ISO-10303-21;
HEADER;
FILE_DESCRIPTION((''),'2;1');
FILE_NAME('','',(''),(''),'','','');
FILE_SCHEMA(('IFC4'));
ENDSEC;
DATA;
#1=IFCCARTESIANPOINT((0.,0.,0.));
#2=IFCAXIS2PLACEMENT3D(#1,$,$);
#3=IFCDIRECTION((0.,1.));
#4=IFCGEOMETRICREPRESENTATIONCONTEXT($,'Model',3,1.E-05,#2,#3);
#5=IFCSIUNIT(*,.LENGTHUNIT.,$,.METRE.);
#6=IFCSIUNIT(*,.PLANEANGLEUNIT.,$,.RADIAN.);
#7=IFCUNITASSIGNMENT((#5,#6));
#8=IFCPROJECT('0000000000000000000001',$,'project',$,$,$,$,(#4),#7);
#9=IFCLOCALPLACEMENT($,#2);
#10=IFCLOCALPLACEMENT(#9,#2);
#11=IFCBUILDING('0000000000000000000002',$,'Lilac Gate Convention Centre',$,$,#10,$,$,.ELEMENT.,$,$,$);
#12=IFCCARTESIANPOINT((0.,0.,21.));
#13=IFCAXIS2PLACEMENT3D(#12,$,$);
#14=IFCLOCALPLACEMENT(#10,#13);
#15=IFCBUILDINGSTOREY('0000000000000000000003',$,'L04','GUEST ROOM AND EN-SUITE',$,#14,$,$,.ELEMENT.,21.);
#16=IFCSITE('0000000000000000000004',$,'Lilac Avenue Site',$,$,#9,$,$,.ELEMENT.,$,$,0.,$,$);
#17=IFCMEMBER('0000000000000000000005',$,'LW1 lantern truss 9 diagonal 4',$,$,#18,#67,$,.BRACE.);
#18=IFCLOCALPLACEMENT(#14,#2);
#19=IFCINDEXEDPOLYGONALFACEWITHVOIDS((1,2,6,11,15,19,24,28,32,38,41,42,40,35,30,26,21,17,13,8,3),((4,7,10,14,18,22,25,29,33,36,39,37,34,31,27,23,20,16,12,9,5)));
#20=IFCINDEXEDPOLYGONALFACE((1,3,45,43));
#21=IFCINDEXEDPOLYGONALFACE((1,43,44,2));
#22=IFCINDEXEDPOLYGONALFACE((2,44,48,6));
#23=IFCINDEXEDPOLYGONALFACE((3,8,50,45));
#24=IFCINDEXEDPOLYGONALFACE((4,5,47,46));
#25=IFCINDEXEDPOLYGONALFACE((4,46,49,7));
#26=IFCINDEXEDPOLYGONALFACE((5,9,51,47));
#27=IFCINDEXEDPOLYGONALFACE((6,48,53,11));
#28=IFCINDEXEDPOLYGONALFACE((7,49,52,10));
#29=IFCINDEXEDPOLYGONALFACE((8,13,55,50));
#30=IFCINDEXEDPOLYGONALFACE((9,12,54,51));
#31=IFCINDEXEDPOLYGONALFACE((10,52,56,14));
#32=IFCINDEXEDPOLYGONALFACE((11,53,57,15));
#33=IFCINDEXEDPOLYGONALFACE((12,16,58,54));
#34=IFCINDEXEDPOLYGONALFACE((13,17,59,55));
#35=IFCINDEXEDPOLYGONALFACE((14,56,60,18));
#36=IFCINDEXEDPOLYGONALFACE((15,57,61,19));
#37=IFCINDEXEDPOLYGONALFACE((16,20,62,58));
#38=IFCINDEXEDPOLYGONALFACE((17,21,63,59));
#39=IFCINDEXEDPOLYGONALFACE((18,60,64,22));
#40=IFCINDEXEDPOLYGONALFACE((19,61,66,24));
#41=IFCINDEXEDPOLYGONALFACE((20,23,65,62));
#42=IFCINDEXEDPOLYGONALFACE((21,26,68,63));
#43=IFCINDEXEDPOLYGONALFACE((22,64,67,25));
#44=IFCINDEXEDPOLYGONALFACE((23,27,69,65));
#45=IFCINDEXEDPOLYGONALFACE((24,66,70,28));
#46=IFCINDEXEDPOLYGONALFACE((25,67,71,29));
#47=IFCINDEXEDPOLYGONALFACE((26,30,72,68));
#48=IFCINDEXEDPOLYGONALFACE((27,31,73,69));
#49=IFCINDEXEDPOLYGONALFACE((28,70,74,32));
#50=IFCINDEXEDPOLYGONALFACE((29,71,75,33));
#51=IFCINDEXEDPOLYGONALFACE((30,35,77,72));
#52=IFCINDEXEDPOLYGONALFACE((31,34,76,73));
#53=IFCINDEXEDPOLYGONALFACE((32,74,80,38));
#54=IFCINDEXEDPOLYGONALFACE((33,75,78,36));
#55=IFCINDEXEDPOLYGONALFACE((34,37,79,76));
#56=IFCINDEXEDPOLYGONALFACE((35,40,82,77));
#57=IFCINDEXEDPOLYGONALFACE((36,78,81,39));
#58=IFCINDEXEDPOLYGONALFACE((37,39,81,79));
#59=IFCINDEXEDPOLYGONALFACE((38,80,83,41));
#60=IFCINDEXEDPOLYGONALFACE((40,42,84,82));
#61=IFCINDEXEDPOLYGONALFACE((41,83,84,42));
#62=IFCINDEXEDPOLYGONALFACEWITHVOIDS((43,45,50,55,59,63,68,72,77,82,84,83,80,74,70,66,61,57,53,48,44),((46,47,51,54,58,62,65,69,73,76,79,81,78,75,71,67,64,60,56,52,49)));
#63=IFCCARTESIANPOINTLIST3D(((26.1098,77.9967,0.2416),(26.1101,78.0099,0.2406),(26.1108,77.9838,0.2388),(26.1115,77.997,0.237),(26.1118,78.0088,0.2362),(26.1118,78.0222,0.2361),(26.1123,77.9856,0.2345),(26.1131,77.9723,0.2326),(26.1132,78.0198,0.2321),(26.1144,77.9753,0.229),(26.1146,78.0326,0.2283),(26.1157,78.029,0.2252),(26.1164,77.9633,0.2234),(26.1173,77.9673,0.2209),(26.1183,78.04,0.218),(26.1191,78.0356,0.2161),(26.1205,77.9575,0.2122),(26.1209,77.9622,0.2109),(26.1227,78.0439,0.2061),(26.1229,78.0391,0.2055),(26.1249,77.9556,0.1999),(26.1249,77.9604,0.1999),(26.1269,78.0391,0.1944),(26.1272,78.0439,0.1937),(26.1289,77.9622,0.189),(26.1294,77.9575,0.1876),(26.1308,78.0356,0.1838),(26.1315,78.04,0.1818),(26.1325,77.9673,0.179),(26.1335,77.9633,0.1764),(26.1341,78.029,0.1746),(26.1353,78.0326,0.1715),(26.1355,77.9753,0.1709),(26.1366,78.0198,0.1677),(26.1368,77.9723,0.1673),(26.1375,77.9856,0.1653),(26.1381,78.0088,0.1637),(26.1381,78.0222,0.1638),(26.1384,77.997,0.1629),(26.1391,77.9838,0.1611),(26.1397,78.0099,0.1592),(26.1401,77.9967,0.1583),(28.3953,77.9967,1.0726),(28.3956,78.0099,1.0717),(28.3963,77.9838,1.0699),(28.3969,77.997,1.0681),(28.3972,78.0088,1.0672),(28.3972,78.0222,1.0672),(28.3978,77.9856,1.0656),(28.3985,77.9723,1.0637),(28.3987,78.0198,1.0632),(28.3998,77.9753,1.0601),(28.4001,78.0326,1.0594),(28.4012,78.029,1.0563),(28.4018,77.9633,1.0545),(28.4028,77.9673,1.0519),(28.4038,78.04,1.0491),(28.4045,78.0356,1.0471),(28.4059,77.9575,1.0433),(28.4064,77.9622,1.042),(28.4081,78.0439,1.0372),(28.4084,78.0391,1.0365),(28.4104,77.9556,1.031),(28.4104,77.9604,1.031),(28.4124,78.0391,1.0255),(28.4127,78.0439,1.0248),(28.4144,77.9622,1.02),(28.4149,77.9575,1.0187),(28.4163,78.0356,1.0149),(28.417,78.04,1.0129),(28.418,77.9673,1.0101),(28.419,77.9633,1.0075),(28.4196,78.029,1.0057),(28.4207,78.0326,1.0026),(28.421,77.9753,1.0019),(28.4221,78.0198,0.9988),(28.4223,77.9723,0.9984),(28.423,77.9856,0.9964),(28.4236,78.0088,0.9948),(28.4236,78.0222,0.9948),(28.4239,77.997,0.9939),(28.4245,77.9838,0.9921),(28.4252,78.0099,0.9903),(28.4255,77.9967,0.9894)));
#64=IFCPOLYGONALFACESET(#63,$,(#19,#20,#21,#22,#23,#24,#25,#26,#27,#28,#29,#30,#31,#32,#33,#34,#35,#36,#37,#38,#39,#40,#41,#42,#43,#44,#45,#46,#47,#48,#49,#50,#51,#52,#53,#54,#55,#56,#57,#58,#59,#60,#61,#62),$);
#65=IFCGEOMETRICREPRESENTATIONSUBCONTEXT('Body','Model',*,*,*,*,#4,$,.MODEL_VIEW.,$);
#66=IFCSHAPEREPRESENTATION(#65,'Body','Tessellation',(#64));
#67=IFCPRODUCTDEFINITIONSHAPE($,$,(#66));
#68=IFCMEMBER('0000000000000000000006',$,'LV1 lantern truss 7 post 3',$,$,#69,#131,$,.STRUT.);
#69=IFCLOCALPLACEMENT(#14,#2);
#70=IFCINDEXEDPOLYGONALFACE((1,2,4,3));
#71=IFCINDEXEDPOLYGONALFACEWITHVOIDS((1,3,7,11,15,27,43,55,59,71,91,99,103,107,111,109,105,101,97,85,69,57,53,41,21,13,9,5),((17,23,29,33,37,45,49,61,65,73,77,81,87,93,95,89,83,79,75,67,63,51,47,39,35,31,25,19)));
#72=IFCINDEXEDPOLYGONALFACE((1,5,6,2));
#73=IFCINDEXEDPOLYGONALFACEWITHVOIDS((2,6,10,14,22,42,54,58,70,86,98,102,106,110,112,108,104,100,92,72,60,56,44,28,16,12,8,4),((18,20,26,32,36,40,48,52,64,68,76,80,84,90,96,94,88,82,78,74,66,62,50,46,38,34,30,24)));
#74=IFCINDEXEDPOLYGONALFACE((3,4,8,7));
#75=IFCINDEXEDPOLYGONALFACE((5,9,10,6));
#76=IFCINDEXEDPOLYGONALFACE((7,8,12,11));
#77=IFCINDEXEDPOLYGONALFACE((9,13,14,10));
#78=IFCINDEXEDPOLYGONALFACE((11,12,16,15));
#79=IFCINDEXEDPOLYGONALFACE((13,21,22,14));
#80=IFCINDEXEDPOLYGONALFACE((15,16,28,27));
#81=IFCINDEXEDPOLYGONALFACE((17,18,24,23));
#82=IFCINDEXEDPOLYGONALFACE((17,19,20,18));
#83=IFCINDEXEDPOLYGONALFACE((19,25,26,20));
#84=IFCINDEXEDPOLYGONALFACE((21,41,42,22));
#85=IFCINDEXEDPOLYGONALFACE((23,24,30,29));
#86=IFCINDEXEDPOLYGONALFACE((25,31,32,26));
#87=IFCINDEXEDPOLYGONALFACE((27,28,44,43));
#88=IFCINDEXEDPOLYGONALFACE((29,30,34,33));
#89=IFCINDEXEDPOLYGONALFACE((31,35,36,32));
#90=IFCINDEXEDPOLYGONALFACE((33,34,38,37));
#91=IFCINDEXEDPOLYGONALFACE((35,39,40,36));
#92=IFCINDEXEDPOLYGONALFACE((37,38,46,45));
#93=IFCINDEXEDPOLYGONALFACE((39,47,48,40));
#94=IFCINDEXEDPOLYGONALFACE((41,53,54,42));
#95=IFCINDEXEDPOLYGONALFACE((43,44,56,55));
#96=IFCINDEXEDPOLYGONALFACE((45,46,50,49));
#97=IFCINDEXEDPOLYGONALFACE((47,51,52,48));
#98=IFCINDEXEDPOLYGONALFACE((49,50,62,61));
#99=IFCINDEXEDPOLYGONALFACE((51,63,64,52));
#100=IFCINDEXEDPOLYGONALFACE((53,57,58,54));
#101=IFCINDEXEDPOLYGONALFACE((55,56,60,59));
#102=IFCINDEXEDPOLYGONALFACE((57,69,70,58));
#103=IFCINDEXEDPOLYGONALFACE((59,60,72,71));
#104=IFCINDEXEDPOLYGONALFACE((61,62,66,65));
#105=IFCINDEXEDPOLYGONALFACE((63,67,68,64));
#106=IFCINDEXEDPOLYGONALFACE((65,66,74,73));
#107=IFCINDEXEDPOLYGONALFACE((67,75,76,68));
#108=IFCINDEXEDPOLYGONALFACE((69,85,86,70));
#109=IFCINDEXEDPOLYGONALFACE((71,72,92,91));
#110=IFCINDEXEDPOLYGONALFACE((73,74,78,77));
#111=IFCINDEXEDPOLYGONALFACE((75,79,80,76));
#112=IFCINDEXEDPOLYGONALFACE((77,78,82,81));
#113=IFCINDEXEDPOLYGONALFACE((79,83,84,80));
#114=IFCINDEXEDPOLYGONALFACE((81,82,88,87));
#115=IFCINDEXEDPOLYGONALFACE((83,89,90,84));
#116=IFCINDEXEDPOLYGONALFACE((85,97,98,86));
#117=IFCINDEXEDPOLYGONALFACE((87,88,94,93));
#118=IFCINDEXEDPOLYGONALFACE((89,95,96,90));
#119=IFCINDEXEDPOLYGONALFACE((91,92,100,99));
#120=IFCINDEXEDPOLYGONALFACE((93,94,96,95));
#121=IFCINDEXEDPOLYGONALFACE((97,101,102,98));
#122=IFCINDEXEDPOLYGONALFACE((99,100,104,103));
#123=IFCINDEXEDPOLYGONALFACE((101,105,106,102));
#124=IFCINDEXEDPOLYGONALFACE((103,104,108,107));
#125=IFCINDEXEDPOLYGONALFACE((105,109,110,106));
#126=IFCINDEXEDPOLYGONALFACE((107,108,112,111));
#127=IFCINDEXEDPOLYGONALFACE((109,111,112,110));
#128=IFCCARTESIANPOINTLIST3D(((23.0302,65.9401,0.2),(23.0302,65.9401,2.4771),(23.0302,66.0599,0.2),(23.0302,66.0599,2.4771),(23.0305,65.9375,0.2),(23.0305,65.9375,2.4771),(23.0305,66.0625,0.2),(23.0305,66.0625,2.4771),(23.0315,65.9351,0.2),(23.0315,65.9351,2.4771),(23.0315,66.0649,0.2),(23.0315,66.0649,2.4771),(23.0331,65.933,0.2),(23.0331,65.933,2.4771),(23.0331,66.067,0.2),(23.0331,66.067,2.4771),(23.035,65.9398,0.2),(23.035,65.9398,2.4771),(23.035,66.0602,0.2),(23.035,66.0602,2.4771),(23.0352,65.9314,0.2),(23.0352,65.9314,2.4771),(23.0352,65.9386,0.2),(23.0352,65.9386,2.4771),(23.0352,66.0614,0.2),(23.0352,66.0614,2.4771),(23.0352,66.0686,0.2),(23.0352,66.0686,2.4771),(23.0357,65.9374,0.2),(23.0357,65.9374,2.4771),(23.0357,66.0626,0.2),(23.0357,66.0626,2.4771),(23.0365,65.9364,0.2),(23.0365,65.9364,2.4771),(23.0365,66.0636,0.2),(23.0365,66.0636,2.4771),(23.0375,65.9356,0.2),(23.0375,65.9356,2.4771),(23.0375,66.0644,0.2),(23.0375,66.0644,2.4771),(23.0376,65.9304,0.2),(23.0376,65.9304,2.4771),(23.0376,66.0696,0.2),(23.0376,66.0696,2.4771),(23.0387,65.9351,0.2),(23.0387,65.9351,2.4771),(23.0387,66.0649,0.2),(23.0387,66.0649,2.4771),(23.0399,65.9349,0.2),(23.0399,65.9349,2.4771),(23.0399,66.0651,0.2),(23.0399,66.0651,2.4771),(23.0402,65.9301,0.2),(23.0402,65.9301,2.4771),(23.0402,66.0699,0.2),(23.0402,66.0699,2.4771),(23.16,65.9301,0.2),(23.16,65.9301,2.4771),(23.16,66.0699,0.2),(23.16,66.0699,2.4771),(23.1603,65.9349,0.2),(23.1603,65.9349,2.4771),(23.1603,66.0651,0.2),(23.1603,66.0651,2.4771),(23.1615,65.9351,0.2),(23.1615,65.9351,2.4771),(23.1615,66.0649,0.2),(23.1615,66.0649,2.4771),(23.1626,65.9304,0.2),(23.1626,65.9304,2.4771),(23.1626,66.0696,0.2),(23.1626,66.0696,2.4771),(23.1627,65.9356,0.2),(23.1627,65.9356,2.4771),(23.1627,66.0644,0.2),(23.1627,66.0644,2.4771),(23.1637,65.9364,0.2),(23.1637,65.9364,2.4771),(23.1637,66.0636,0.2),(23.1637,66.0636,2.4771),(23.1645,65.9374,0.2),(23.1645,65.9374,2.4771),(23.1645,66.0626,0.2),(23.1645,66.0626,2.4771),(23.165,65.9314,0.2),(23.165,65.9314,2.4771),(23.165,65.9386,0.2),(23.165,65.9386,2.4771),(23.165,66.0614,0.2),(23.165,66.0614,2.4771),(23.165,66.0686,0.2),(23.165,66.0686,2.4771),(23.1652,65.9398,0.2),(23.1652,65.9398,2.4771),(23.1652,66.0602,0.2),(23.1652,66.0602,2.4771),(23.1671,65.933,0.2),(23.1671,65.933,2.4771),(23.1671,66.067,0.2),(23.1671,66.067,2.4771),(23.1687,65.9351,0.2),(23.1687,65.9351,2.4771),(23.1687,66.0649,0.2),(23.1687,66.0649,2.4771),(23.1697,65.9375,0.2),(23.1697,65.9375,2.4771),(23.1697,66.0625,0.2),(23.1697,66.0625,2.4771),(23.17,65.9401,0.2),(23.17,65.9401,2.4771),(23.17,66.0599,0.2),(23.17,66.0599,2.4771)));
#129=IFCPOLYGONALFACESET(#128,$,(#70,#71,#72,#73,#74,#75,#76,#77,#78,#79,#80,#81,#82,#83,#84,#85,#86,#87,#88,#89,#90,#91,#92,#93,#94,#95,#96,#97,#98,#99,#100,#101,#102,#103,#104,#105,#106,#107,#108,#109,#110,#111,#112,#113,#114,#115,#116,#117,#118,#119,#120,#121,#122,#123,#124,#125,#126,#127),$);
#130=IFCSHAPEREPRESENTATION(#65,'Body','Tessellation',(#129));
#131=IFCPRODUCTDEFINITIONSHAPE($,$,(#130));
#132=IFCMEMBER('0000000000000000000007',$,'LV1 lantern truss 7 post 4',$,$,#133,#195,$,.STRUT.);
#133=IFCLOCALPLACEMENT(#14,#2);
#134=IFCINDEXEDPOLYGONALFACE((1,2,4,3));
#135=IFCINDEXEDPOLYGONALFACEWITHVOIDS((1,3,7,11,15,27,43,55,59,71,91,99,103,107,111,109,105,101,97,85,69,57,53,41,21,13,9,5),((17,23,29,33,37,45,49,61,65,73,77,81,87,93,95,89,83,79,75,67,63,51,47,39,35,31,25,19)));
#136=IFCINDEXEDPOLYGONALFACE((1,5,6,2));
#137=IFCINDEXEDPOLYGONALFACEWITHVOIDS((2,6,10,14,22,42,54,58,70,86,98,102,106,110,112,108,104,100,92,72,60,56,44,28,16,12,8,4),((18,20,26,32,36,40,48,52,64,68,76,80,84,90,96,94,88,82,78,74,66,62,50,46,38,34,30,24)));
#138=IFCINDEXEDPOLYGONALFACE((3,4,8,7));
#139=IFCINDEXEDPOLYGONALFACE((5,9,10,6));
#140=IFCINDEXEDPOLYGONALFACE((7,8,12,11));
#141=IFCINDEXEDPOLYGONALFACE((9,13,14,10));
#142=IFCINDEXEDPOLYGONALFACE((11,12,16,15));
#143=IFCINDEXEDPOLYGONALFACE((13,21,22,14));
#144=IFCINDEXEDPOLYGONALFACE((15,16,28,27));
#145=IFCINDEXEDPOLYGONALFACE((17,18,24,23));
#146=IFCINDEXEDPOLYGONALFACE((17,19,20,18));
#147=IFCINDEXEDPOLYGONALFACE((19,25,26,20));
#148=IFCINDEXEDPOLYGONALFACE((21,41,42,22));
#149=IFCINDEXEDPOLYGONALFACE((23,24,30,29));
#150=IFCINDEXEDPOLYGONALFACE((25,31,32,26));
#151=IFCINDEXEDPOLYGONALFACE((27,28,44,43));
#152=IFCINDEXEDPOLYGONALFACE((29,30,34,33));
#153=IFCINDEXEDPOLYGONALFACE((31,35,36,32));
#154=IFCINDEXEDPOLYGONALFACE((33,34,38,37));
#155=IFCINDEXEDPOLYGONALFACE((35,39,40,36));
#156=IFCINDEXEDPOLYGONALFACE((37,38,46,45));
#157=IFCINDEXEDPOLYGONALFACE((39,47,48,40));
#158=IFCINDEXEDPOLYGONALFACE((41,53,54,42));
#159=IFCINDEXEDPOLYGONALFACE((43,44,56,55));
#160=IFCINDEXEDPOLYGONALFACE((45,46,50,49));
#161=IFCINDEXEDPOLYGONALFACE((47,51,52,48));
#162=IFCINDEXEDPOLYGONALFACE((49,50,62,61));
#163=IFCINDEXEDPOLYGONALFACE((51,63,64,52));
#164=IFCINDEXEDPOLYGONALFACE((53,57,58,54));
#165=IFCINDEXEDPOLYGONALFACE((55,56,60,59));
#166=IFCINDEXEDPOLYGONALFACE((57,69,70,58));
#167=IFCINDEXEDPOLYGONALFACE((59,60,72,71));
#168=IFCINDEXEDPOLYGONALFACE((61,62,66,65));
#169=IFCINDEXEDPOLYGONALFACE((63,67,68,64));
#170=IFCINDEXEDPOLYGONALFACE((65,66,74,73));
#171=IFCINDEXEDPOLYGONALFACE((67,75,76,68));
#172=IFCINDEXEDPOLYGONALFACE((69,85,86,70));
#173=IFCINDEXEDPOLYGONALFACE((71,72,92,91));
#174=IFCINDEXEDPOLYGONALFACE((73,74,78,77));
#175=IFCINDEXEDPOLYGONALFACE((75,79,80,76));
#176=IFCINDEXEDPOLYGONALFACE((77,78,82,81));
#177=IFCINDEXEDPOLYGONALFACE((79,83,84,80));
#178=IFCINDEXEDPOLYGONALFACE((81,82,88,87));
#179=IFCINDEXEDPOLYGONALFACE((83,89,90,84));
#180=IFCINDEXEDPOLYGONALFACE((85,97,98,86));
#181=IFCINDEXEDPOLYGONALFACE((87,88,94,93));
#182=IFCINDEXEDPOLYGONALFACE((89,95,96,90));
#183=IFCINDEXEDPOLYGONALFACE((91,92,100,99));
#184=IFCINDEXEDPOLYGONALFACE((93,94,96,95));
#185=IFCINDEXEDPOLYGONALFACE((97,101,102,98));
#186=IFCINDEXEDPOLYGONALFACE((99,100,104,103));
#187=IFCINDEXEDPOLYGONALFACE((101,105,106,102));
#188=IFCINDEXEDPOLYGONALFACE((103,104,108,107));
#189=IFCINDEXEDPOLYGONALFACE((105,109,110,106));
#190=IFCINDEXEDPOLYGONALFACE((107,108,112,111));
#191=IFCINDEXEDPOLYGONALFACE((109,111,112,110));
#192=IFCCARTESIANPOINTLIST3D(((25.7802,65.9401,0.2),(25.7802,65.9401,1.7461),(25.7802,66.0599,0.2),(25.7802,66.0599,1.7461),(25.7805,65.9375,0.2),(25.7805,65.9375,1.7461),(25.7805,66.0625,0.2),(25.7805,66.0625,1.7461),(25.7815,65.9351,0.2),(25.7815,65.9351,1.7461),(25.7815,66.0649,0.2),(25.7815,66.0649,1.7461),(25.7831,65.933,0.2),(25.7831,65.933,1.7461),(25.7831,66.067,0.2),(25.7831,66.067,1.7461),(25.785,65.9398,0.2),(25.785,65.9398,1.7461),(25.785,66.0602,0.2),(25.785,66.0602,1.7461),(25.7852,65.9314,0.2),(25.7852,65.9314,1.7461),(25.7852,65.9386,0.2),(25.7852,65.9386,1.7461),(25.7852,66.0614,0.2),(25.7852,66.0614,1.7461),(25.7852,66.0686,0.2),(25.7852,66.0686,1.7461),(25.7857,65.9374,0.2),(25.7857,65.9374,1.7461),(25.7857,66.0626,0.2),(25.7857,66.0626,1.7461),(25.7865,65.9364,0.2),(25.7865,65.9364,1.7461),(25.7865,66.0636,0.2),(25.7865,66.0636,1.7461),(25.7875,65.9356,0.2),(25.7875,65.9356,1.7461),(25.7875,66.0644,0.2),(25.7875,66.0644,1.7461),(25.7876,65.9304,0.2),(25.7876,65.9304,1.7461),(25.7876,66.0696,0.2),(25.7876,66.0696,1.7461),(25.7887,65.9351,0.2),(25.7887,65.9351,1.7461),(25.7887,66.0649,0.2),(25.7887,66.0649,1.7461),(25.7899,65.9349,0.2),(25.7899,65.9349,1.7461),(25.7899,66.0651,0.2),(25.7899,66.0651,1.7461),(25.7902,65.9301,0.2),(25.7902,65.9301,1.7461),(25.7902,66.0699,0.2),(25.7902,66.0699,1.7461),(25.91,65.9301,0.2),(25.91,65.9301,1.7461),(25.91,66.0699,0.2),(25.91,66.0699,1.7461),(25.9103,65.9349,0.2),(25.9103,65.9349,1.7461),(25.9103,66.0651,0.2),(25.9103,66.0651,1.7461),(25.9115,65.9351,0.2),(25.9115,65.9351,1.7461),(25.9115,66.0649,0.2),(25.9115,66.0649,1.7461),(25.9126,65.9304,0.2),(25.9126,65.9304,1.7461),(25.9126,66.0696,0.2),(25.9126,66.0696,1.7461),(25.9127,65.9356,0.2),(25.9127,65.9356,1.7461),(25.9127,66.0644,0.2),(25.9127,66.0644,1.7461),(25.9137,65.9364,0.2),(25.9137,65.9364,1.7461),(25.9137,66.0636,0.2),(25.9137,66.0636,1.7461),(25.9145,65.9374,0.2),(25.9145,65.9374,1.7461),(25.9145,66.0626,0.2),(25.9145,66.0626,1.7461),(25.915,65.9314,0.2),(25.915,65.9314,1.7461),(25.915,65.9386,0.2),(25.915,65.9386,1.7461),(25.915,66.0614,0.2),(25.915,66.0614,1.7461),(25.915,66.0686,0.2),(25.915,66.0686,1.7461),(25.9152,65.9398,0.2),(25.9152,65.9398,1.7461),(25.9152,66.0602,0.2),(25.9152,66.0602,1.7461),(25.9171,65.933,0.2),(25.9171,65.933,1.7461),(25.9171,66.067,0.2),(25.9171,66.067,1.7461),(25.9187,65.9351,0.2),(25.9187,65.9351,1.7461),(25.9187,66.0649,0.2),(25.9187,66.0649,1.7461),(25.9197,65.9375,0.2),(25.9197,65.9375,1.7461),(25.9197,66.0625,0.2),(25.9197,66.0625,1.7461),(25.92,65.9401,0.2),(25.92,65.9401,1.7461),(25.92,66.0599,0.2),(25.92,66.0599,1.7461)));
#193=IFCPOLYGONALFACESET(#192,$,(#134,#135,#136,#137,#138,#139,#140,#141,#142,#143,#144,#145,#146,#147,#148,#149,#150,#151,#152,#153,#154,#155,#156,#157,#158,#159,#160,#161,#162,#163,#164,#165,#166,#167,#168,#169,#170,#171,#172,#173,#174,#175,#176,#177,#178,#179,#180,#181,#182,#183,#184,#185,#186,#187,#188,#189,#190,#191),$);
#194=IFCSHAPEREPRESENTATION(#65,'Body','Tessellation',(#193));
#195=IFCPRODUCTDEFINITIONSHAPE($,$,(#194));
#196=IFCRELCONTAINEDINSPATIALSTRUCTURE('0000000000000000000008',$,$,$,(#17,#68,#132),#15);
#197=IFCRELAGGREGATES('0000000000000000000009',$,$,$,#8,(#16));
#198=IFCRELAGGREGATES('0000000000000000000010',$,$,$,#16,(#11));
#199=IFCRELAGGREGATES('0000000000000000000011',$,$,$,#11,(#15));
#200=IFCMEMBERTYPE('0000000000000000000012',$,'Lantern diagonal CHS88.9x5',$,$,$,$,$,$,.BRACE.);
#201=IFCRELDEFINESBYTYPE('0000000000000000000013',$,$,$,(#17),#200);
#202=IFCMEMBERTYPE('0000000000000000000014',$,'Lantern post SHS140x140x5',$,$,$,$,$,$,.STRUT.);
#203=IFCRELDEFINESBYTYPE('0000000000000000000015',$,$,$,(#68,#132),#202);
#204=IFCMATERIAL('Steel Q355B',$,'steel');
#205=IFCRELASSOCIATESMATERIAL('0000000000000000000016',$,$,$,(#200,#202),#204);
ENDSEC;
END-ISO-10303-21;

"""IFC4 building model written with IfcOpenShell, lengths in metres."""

from ifc_helpers import new_model, si_unit, direction, frame, origin, origin_2d, place, context, subcontext, project, spatial, hollow_rectangle, hollow_circle, extrude, material, material_profile, profile_set, type_object, element, save


model = new_model("IFC4")

# Units and contexts
model_context = context("Model", 3, precision=1e-05, world=origin(), true_north=direction((0.0, 1.0)))
body_context = subcontext(model_context, "Body", "Model", "MODEL_VIEW")
ifc_project = project(units=[si_unit("LENGTHUNIT", "METRE"), si_unit("PLANEANGLEUNIT", "RADIAN")], contexts=[model_context])

# Site, building, storey
site_placement = place(None, origin())
site = spatial("IfcSite", under=ifc_project, at=site_placement, Name="Lilac Avenue Site", CompositionType="ELEMENT", RefElevation=0.0)
building_placement = place(site_placement, origin())
building = spatial("IfcBuilding", under=site, at=building_placement, Name="Lilac Gate Convention Centre", CompositionType="ELEMENT")
storey_placement = place(building_placement, frame((0.0, 0.0, 21.0)))
storey = spatial("IfcBuildingStorey", under=building, at=storey_placement, Name="L04", Description="GUEST ROOM AND EN-SUITE", CompositionType="ELEMENT", Elevation=21.0)

# Members
ifc_material_1 = material(Name="Steel Q355B", Category="steel")
ifc_material_profile_1 = material_profile(ifc_material_1, hollow_circle(Radius=0.0444, WallThickness=0.0049, at=origin_2d()), Name="CHS88.9x5")
ifc_profile_set_1 = profile_set([ifc_material_profile_1], Name="Steel Q355B")
member_type_1 = type_object("IfcMemberType", Name="Lantern diagonal CHS88.9x5", PredefinedType="BRACE", material=ifc_profile_set_1)
member_1_placement = place(storey_placement, frame((28.4104, 78.0, 1.031), z_axis=(-0.939793, 0.0, -0.341743), x_axis=(0.0, -1.0, 0.0)))
element("IfcMember", 1, at=member_1_placement, inside=storey, type_object=member_type_1, Name="LW1 lantern truss 9 diagonal 4", PredefinedType="BRACE", context=body_context, shape_type="SweptSolid", body=[
    extrude(hollow_circle(Radius=0.0444, WallThickness=0.0049, at=origin_2d()), origin(), (0.0, 0.0, 1.0), 2.4319),
])
ifc_material_profile_2 = material_profile(ifc_material_1, hollow_rectangle(XDim=0.1399, YDim=0.1399, WallThickness=0.0049, InnerFilletRadius=0.0049, OuterFilletRadius=0.01, at=origin_2d()), Name="SHS140x140x5")
ifc_profile_set_2 = profile_set([ifc_material_profile_2], Name="Steel Q355B")
member_type_2 = type_object("IfcMemberType", Name="Lantern post SHS140x140x5", PredefinedType="STRUT", material=ifc_profile_set_2)
member_2_placement = place(storey_placement, frame((23.1001, 66.0, 0.2), z_axis=(0.0, 0.0, 1.0), x_axis=(1.0, 0.0, 0.0)))
element("IfcMember", 2, at=member_2_placement, inside=storey, type_object=member_type_2, Name="LV1 lantern truss 7 post 3", PredefinedType="STRUT", context=body_context, shape_type="SweptSolid", body=[
    extrude(hollow_rectangle(XDim=0.1399, YDim=0.1399, WallThickness=0.0049, InnerFilletRadius=0.0049, OuterFilletRadius=0.01, at=origin_2d()), origin(), (0.0, 0.0, 1.0), 2.2771),
])
member_3_placement = place(storey_placement, frame((25.8501, 66.0, 0.2), z_axis=(0.0, 0.0, 1.0), x_axis=(1.0, 0.0, 0.0)))
element("IfcMember", 3, at=member_3_placement, inside=storey, type_object=member_type_2, Name="LV1 lantern truss 7 post 4", PredefinedType="STRUT", context=body_context, shape_type="SweptSolid", body=[
    extrude(hollow_rectangle(XDim=0.1399, YDim=0.1399, WallThickness=0.0049, InnerFilletRadius=0.0049, OuterFilletRadius=0.01, at=origin_2d()), origin(), (0.0, 0.0, 1.0), 1.5461),
])

save(model, "model.ifc")
